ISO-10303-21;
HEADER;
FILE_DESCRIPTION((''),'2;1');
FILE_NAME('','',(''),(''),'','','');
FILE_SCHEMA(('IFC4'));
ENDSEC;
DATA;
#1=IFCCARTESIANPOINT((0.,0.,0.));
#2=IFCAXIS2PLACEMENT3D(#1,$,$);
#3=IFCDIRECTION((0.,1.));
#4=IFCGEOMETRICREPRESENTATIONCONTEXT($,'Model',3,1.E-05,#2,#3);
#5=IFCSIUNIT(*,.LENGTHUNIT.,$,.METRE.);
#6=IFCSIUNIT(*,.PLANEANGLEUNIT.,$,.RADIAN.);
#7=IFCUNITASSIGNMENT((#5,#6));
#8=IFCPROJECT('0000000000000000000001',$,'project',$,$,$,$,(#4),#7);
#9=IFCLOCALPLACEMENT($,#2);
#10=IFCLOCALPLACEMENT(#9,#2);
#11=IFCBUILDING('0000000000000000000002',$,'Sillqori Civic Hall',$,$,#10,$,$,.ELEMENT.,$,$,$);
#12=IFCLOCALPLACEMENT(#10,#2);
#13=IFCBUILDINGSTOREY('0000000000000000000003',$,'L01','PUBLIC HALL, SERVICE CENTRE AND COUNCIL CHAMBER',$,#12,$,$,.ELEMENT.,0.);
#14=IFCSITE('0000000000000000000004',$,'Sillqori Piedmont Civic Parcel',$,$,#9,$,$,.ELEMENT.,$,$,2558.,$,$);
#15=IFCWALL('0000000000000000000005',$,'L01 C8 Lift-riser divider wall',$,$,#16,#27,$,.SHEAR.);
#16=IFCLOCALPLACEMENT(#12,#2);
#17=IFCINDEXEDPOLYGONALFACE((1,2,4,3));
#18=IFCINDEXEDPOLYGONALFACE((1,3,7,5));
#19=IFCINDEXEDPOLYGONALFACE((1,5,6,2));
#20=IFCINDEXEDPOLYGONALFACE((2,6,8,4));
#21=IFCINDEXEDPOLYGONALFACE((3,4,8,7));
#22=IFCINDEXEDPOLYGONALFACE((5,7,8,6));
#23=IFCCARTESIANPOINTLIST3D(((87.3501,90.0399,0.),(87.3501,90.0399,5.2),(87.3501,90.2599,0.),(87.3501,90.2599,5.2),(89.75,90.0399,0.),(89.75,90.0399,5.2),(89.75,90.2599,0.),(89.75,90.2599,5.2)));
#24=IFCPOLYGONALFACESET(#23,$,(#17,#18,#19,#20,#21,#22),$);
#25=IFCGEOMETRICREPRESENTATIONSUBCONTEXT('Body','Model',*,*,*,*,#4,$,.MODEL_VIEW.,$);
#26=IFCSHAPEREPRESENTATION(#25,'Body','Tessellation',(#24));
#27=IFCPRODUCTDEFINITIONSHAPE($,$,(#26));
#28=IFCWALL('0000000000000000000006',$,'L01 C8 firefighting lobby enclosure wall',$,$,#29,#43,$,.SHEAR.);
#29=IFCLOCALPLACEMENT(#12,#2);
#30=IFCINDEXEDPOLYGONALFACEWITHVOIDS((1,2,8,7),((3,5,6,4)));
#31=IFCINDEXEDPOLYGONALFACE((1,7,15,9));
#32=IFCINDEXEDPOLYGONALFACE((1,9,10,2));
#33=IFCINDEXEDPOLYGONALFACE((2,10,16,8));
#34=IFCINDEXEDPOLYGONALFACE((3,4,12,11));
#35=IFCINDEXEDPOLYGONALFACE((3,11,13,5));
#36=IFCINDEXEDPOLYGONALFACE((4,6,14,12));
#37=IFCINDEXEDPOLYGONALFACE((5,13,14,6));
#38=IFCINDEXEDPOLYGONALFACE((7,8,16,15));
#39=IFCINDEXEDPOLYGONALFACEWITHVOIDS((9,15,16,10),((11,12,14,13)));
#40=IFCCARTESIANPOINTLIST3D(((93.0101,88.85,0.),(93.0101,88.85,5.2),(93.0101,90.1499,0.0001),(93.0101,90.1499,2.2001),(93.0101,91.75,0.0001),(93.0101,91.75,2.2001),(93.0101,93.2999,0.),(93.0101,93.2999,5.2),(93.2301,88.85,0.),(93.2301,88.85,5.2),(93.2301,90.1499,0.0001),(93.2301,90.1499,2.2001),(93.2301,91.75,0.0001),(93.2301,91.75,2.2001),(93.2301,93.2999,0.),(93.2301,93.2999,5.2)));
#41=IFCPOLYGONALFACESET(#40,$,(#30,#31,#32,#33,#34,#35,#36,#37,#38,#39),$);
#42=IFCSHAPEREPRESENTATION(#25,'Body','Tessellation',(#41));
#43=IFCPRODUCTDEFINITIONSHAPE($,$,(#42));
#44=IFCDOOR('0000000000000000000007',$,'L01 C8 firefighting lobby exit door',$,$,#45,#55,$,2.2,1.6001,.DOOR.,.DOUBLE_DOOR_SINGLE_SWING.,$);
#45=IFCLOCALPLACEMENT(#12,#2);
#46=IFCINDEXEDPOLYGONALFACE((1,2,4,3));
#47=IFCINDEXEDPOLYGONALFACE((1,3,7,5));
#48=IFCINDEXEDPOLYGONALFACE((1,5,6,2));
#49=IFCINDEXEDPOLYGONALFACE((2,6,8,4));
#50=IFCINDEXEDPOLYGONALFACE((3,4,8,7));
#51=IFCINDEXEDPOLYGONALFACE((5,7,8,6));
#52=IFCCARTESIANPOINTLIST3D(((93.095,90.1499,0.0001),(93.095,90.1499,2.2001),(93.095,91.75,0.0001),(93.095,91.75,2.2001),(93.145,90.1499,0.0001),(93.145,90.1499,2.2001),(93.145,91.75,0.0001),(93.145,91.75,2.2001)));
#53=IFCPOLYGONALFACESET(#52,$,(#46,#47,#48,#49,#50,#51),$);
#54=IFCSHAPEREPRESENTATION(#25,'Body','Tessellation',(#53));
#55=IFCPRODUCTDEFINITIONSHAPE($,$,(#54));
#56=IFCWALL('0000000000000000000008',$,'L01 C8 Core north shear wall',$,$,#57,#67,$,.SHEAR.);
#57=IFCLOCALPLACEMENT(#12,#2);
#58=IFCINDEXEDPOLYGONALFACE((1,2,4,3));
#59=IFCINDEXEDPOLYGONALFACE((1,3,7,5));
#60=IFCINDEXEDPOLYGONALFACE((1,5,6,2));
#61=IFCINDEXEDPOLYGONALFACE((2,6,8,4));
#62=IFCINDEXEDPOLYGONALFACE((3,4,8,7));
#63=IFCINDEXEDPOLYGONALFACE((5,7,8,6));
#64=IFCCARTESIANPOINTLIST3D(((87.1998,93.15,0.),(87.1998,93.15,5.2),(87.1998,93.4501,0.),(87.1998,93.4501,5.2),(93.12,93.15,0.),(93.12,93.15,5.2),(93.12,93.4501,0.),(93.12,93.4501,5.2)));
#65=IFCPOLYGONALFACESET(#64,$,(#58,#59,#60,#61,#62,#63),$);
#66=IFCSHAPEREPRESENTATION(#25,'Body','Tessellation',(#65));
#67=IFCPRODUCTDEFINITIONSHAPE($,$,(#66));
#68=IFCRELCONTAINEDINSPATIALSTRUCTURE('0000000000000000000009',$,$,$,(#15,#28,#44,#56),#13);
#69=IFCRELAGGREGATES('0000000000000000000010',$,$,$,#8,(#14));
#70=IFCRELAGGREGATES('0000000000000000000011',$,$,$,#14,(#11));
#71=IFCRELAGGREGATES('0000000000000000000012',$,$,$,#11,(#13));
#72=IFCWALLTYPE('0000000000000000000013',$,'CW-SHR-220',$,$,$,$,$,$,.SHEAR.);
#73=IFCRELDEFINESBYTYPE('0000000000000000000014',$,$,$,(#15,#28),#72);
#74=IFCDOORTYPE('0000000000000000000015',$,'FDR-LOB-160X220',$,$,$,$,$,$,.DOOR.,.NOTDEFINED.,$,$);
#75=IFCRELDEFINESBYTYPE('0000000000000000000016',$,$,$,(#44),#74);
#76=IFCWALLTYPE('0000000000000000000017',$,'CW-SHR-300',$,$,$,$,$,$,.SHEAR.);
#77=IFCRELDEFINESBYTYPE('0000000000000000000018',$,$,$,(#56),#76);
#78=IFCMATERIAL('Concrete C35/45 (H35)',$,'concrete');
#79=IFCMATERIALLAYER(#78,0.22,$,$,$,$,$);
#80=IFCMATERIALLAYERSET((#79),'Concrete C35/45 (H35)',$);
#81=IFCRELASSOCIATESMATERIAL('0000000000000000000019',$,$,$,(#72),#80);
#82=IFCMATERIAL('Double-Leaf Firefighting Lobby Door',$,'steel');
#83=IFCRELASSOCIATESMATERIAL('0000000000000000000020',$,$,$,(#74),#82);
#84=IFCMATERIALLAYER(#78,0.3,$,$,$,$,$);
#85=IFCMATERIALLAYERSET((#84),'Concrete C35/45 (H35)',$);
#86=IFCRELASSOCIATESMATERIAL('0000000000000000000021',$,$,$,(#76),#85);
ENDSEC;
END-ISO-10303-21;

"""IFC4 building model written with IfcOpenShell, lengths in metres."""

from ifc_helpers import new_model, si_unit, direction, frame, frame_2d, origin, place, context, subcontext, project, spatial, rectangle, extrude, material, layer, layer_set, type_object, element, fill, save


model = new_model("IFC4")

# Units and contexts
model_context = context("Model", 3, precision=1e-05, world=origin(), true_north=direction((0.0, 1.0)))
body_context = subcontext(model_context, "Body", "Model", "MODEL_VIEW")
ifc_project = project(units=[si_unit("LENGTHUNIT", "METRE"), si_unit("PLANEANGLEUNIT", "RADIAN")], contexts=[model_context])

# Site, building, storey
site_placement = place(None, origin())
site = spatial("IfcSite", under=ifc_project, at=site_placement, Name="Sillqori Piedmont Civic Parcel", CompositionType="ELEMENT", RefElevation=2558.0)
building_placement = place(site_placement, origin())
building = spatial("IfcBuilding", under=site, at=building_placement, Name="Sillqori Civic Hall", CompositionType="ELEMENT")
storey_placement = place(building_placement, origin())
storey = spatial("IfcBuildingStorey", under=building, at=storey_placement, Name="L01", Description="PUBLIC HALL, SERVICE CENTRE AND COUNCIL CHAMBER", CompositionType="ELEMENT", Elevation=0.0)

# Wall
ifc_material_1 = material(Name="Concrete C35/45 (H35)", Category="concrete")
ifc_layer_1 = layer(ifc_material_1, 0.22)
ifc_layer_set_1 = layer_set([ifc_layer_1], Name="Concrete C35/45 (H35)")
wall_type_1 = type_object("IfcWallType", Name="CW-SHR-220", PredefinedType="SHEAR", material=ifc_layer_set_1)
wall_1_placement = place(storey_placement, frame((87.3501, 90.1499, 0.0), z_axis=(0.0, 0.0, 1.0), x_axis=(1.0, 0.0, 0.0)))
element("IfcWall", 1, at=wall_1_placement, inside=storey, type_object=wall_type_1, Name="L01 C8 Lift-riser divider wall", PredefinedType="SHEAR", context=body_context, shape_type="SweptSolid", body=[
    extrude(rectangle(XDim=2.3999, YDim=0.22, at=frame_2d((1.2, 0.0))), origin(), (0.0, 0.0, 1.0), 5.2),
])

# Wall, opening, door
wall_2_placement = place(storey_placement, frame((93.1201, 93.3, 0.0), z_axis=(0.0, 0.0, 1.0), x_axis=(0.0, -1.0, 0.0)))
wall_2 = element("IfcWall", 2, at=wall_2_placement, inside=storey, type_object=wall_type_1, Name="L01 C8 firefighting lobby enclosure wall", PredefinedType="SHEAR", context=body_context, shape_type="SweptSolid", body=[
    extrude(rectangle(XDim=4.45, YDim=0.22, at=frame_2d((2.2251, 0.0))), origin(), (0.0, 0.0, 1.0), 5.2),
])
opening_1_placement = place(wall_2_placement, frame((1.55, 0.0, 0.0)))
opening_1 = element("IfcOpeningElement", 3, at=opening_1_placement, cuts=wall_2, PredefinedType="OPENING", context=body_context, shape_type="SweptSolid", body=[
    extrude(rectangle(XDim=1.6001, YDim=2.2, at=frame_2d((0.8, 1.1001))), frame((0.0, 0.1199, 0.0), z_axis=(0.0, -1.0, 0.0), x_axis=(1.0, 0.0, 0.0)), (0.0, 0.0, 1.0), 0.24),
])
ifc_material_2 = material(Name="Double-Leaf Firefighting Lobby Door", Category="steel")
door_type_1 = type_object("IfcDoorType", Name="FDR-LOB-160X220", OperationType="NOTDEFINED", PredefinedType="DOOR", material=ifc_material_2)
door_1_placement = place(opening_1_placement, origin())
door_1 = element("IfcDoor", 4, at=door_1_placement, inside=storey, type_object=door_type_1, Name="L01 C8 firefighting lobby exit door", OperationType="DOUBLE_DOOR_SINGLE_SWING", OverallHeight=2.2, OverallWidth=1.6001, PredefinedType="DOOR", context=body_context, shape_type="SweptSolid", body=[
    extrude(rectangle(XDim=1.6001, YDim=2.2, at=frame_2d((0.8, 1.1001))), frame((0.0, 0.0249, 0.0), z_axis=(0.0, -1.0, 0.0), x_axis=(1.0, 0.0, 0.0)), (0.0, 0.0, 1.0), 0.05),
])
fill(opening_1, door_1)

# Wall
ifc_layer_2 = layer(ifc_material_1, 0.3)
ifc_layer_set_2 = layer_set([ifc_layer_2], Name="Concrete C35/45 (H35)")
wall_type_2 = type_object("IfcWallType", Name="CW-SHR-300", PredefinedType="SHEAR", material=ifc_layer_set_2)
wall_3_placement = place(storey_placement, frame((87.2, 93.3, 0.0), z_axis=(0.0, 0.0, 1.0), x_axis=(1.0, 0.0, 0.0)))
element("IfcWall", 5, at=wall_3_placement, inside=storey, type_object=wall_type_2, Name="L01 C8 Core north shear wall", PredefinedType="SHEAR", context=body_context, shape_type="SweptSolid", body=[
    extrude(rectangle(XDim=5.9202, YDim=0.3, at=frame_2d((2.96, 0.0))), origin(), (0.0, 0.0, 1.0), 5.2),
])

save(model, "model.ifc")
